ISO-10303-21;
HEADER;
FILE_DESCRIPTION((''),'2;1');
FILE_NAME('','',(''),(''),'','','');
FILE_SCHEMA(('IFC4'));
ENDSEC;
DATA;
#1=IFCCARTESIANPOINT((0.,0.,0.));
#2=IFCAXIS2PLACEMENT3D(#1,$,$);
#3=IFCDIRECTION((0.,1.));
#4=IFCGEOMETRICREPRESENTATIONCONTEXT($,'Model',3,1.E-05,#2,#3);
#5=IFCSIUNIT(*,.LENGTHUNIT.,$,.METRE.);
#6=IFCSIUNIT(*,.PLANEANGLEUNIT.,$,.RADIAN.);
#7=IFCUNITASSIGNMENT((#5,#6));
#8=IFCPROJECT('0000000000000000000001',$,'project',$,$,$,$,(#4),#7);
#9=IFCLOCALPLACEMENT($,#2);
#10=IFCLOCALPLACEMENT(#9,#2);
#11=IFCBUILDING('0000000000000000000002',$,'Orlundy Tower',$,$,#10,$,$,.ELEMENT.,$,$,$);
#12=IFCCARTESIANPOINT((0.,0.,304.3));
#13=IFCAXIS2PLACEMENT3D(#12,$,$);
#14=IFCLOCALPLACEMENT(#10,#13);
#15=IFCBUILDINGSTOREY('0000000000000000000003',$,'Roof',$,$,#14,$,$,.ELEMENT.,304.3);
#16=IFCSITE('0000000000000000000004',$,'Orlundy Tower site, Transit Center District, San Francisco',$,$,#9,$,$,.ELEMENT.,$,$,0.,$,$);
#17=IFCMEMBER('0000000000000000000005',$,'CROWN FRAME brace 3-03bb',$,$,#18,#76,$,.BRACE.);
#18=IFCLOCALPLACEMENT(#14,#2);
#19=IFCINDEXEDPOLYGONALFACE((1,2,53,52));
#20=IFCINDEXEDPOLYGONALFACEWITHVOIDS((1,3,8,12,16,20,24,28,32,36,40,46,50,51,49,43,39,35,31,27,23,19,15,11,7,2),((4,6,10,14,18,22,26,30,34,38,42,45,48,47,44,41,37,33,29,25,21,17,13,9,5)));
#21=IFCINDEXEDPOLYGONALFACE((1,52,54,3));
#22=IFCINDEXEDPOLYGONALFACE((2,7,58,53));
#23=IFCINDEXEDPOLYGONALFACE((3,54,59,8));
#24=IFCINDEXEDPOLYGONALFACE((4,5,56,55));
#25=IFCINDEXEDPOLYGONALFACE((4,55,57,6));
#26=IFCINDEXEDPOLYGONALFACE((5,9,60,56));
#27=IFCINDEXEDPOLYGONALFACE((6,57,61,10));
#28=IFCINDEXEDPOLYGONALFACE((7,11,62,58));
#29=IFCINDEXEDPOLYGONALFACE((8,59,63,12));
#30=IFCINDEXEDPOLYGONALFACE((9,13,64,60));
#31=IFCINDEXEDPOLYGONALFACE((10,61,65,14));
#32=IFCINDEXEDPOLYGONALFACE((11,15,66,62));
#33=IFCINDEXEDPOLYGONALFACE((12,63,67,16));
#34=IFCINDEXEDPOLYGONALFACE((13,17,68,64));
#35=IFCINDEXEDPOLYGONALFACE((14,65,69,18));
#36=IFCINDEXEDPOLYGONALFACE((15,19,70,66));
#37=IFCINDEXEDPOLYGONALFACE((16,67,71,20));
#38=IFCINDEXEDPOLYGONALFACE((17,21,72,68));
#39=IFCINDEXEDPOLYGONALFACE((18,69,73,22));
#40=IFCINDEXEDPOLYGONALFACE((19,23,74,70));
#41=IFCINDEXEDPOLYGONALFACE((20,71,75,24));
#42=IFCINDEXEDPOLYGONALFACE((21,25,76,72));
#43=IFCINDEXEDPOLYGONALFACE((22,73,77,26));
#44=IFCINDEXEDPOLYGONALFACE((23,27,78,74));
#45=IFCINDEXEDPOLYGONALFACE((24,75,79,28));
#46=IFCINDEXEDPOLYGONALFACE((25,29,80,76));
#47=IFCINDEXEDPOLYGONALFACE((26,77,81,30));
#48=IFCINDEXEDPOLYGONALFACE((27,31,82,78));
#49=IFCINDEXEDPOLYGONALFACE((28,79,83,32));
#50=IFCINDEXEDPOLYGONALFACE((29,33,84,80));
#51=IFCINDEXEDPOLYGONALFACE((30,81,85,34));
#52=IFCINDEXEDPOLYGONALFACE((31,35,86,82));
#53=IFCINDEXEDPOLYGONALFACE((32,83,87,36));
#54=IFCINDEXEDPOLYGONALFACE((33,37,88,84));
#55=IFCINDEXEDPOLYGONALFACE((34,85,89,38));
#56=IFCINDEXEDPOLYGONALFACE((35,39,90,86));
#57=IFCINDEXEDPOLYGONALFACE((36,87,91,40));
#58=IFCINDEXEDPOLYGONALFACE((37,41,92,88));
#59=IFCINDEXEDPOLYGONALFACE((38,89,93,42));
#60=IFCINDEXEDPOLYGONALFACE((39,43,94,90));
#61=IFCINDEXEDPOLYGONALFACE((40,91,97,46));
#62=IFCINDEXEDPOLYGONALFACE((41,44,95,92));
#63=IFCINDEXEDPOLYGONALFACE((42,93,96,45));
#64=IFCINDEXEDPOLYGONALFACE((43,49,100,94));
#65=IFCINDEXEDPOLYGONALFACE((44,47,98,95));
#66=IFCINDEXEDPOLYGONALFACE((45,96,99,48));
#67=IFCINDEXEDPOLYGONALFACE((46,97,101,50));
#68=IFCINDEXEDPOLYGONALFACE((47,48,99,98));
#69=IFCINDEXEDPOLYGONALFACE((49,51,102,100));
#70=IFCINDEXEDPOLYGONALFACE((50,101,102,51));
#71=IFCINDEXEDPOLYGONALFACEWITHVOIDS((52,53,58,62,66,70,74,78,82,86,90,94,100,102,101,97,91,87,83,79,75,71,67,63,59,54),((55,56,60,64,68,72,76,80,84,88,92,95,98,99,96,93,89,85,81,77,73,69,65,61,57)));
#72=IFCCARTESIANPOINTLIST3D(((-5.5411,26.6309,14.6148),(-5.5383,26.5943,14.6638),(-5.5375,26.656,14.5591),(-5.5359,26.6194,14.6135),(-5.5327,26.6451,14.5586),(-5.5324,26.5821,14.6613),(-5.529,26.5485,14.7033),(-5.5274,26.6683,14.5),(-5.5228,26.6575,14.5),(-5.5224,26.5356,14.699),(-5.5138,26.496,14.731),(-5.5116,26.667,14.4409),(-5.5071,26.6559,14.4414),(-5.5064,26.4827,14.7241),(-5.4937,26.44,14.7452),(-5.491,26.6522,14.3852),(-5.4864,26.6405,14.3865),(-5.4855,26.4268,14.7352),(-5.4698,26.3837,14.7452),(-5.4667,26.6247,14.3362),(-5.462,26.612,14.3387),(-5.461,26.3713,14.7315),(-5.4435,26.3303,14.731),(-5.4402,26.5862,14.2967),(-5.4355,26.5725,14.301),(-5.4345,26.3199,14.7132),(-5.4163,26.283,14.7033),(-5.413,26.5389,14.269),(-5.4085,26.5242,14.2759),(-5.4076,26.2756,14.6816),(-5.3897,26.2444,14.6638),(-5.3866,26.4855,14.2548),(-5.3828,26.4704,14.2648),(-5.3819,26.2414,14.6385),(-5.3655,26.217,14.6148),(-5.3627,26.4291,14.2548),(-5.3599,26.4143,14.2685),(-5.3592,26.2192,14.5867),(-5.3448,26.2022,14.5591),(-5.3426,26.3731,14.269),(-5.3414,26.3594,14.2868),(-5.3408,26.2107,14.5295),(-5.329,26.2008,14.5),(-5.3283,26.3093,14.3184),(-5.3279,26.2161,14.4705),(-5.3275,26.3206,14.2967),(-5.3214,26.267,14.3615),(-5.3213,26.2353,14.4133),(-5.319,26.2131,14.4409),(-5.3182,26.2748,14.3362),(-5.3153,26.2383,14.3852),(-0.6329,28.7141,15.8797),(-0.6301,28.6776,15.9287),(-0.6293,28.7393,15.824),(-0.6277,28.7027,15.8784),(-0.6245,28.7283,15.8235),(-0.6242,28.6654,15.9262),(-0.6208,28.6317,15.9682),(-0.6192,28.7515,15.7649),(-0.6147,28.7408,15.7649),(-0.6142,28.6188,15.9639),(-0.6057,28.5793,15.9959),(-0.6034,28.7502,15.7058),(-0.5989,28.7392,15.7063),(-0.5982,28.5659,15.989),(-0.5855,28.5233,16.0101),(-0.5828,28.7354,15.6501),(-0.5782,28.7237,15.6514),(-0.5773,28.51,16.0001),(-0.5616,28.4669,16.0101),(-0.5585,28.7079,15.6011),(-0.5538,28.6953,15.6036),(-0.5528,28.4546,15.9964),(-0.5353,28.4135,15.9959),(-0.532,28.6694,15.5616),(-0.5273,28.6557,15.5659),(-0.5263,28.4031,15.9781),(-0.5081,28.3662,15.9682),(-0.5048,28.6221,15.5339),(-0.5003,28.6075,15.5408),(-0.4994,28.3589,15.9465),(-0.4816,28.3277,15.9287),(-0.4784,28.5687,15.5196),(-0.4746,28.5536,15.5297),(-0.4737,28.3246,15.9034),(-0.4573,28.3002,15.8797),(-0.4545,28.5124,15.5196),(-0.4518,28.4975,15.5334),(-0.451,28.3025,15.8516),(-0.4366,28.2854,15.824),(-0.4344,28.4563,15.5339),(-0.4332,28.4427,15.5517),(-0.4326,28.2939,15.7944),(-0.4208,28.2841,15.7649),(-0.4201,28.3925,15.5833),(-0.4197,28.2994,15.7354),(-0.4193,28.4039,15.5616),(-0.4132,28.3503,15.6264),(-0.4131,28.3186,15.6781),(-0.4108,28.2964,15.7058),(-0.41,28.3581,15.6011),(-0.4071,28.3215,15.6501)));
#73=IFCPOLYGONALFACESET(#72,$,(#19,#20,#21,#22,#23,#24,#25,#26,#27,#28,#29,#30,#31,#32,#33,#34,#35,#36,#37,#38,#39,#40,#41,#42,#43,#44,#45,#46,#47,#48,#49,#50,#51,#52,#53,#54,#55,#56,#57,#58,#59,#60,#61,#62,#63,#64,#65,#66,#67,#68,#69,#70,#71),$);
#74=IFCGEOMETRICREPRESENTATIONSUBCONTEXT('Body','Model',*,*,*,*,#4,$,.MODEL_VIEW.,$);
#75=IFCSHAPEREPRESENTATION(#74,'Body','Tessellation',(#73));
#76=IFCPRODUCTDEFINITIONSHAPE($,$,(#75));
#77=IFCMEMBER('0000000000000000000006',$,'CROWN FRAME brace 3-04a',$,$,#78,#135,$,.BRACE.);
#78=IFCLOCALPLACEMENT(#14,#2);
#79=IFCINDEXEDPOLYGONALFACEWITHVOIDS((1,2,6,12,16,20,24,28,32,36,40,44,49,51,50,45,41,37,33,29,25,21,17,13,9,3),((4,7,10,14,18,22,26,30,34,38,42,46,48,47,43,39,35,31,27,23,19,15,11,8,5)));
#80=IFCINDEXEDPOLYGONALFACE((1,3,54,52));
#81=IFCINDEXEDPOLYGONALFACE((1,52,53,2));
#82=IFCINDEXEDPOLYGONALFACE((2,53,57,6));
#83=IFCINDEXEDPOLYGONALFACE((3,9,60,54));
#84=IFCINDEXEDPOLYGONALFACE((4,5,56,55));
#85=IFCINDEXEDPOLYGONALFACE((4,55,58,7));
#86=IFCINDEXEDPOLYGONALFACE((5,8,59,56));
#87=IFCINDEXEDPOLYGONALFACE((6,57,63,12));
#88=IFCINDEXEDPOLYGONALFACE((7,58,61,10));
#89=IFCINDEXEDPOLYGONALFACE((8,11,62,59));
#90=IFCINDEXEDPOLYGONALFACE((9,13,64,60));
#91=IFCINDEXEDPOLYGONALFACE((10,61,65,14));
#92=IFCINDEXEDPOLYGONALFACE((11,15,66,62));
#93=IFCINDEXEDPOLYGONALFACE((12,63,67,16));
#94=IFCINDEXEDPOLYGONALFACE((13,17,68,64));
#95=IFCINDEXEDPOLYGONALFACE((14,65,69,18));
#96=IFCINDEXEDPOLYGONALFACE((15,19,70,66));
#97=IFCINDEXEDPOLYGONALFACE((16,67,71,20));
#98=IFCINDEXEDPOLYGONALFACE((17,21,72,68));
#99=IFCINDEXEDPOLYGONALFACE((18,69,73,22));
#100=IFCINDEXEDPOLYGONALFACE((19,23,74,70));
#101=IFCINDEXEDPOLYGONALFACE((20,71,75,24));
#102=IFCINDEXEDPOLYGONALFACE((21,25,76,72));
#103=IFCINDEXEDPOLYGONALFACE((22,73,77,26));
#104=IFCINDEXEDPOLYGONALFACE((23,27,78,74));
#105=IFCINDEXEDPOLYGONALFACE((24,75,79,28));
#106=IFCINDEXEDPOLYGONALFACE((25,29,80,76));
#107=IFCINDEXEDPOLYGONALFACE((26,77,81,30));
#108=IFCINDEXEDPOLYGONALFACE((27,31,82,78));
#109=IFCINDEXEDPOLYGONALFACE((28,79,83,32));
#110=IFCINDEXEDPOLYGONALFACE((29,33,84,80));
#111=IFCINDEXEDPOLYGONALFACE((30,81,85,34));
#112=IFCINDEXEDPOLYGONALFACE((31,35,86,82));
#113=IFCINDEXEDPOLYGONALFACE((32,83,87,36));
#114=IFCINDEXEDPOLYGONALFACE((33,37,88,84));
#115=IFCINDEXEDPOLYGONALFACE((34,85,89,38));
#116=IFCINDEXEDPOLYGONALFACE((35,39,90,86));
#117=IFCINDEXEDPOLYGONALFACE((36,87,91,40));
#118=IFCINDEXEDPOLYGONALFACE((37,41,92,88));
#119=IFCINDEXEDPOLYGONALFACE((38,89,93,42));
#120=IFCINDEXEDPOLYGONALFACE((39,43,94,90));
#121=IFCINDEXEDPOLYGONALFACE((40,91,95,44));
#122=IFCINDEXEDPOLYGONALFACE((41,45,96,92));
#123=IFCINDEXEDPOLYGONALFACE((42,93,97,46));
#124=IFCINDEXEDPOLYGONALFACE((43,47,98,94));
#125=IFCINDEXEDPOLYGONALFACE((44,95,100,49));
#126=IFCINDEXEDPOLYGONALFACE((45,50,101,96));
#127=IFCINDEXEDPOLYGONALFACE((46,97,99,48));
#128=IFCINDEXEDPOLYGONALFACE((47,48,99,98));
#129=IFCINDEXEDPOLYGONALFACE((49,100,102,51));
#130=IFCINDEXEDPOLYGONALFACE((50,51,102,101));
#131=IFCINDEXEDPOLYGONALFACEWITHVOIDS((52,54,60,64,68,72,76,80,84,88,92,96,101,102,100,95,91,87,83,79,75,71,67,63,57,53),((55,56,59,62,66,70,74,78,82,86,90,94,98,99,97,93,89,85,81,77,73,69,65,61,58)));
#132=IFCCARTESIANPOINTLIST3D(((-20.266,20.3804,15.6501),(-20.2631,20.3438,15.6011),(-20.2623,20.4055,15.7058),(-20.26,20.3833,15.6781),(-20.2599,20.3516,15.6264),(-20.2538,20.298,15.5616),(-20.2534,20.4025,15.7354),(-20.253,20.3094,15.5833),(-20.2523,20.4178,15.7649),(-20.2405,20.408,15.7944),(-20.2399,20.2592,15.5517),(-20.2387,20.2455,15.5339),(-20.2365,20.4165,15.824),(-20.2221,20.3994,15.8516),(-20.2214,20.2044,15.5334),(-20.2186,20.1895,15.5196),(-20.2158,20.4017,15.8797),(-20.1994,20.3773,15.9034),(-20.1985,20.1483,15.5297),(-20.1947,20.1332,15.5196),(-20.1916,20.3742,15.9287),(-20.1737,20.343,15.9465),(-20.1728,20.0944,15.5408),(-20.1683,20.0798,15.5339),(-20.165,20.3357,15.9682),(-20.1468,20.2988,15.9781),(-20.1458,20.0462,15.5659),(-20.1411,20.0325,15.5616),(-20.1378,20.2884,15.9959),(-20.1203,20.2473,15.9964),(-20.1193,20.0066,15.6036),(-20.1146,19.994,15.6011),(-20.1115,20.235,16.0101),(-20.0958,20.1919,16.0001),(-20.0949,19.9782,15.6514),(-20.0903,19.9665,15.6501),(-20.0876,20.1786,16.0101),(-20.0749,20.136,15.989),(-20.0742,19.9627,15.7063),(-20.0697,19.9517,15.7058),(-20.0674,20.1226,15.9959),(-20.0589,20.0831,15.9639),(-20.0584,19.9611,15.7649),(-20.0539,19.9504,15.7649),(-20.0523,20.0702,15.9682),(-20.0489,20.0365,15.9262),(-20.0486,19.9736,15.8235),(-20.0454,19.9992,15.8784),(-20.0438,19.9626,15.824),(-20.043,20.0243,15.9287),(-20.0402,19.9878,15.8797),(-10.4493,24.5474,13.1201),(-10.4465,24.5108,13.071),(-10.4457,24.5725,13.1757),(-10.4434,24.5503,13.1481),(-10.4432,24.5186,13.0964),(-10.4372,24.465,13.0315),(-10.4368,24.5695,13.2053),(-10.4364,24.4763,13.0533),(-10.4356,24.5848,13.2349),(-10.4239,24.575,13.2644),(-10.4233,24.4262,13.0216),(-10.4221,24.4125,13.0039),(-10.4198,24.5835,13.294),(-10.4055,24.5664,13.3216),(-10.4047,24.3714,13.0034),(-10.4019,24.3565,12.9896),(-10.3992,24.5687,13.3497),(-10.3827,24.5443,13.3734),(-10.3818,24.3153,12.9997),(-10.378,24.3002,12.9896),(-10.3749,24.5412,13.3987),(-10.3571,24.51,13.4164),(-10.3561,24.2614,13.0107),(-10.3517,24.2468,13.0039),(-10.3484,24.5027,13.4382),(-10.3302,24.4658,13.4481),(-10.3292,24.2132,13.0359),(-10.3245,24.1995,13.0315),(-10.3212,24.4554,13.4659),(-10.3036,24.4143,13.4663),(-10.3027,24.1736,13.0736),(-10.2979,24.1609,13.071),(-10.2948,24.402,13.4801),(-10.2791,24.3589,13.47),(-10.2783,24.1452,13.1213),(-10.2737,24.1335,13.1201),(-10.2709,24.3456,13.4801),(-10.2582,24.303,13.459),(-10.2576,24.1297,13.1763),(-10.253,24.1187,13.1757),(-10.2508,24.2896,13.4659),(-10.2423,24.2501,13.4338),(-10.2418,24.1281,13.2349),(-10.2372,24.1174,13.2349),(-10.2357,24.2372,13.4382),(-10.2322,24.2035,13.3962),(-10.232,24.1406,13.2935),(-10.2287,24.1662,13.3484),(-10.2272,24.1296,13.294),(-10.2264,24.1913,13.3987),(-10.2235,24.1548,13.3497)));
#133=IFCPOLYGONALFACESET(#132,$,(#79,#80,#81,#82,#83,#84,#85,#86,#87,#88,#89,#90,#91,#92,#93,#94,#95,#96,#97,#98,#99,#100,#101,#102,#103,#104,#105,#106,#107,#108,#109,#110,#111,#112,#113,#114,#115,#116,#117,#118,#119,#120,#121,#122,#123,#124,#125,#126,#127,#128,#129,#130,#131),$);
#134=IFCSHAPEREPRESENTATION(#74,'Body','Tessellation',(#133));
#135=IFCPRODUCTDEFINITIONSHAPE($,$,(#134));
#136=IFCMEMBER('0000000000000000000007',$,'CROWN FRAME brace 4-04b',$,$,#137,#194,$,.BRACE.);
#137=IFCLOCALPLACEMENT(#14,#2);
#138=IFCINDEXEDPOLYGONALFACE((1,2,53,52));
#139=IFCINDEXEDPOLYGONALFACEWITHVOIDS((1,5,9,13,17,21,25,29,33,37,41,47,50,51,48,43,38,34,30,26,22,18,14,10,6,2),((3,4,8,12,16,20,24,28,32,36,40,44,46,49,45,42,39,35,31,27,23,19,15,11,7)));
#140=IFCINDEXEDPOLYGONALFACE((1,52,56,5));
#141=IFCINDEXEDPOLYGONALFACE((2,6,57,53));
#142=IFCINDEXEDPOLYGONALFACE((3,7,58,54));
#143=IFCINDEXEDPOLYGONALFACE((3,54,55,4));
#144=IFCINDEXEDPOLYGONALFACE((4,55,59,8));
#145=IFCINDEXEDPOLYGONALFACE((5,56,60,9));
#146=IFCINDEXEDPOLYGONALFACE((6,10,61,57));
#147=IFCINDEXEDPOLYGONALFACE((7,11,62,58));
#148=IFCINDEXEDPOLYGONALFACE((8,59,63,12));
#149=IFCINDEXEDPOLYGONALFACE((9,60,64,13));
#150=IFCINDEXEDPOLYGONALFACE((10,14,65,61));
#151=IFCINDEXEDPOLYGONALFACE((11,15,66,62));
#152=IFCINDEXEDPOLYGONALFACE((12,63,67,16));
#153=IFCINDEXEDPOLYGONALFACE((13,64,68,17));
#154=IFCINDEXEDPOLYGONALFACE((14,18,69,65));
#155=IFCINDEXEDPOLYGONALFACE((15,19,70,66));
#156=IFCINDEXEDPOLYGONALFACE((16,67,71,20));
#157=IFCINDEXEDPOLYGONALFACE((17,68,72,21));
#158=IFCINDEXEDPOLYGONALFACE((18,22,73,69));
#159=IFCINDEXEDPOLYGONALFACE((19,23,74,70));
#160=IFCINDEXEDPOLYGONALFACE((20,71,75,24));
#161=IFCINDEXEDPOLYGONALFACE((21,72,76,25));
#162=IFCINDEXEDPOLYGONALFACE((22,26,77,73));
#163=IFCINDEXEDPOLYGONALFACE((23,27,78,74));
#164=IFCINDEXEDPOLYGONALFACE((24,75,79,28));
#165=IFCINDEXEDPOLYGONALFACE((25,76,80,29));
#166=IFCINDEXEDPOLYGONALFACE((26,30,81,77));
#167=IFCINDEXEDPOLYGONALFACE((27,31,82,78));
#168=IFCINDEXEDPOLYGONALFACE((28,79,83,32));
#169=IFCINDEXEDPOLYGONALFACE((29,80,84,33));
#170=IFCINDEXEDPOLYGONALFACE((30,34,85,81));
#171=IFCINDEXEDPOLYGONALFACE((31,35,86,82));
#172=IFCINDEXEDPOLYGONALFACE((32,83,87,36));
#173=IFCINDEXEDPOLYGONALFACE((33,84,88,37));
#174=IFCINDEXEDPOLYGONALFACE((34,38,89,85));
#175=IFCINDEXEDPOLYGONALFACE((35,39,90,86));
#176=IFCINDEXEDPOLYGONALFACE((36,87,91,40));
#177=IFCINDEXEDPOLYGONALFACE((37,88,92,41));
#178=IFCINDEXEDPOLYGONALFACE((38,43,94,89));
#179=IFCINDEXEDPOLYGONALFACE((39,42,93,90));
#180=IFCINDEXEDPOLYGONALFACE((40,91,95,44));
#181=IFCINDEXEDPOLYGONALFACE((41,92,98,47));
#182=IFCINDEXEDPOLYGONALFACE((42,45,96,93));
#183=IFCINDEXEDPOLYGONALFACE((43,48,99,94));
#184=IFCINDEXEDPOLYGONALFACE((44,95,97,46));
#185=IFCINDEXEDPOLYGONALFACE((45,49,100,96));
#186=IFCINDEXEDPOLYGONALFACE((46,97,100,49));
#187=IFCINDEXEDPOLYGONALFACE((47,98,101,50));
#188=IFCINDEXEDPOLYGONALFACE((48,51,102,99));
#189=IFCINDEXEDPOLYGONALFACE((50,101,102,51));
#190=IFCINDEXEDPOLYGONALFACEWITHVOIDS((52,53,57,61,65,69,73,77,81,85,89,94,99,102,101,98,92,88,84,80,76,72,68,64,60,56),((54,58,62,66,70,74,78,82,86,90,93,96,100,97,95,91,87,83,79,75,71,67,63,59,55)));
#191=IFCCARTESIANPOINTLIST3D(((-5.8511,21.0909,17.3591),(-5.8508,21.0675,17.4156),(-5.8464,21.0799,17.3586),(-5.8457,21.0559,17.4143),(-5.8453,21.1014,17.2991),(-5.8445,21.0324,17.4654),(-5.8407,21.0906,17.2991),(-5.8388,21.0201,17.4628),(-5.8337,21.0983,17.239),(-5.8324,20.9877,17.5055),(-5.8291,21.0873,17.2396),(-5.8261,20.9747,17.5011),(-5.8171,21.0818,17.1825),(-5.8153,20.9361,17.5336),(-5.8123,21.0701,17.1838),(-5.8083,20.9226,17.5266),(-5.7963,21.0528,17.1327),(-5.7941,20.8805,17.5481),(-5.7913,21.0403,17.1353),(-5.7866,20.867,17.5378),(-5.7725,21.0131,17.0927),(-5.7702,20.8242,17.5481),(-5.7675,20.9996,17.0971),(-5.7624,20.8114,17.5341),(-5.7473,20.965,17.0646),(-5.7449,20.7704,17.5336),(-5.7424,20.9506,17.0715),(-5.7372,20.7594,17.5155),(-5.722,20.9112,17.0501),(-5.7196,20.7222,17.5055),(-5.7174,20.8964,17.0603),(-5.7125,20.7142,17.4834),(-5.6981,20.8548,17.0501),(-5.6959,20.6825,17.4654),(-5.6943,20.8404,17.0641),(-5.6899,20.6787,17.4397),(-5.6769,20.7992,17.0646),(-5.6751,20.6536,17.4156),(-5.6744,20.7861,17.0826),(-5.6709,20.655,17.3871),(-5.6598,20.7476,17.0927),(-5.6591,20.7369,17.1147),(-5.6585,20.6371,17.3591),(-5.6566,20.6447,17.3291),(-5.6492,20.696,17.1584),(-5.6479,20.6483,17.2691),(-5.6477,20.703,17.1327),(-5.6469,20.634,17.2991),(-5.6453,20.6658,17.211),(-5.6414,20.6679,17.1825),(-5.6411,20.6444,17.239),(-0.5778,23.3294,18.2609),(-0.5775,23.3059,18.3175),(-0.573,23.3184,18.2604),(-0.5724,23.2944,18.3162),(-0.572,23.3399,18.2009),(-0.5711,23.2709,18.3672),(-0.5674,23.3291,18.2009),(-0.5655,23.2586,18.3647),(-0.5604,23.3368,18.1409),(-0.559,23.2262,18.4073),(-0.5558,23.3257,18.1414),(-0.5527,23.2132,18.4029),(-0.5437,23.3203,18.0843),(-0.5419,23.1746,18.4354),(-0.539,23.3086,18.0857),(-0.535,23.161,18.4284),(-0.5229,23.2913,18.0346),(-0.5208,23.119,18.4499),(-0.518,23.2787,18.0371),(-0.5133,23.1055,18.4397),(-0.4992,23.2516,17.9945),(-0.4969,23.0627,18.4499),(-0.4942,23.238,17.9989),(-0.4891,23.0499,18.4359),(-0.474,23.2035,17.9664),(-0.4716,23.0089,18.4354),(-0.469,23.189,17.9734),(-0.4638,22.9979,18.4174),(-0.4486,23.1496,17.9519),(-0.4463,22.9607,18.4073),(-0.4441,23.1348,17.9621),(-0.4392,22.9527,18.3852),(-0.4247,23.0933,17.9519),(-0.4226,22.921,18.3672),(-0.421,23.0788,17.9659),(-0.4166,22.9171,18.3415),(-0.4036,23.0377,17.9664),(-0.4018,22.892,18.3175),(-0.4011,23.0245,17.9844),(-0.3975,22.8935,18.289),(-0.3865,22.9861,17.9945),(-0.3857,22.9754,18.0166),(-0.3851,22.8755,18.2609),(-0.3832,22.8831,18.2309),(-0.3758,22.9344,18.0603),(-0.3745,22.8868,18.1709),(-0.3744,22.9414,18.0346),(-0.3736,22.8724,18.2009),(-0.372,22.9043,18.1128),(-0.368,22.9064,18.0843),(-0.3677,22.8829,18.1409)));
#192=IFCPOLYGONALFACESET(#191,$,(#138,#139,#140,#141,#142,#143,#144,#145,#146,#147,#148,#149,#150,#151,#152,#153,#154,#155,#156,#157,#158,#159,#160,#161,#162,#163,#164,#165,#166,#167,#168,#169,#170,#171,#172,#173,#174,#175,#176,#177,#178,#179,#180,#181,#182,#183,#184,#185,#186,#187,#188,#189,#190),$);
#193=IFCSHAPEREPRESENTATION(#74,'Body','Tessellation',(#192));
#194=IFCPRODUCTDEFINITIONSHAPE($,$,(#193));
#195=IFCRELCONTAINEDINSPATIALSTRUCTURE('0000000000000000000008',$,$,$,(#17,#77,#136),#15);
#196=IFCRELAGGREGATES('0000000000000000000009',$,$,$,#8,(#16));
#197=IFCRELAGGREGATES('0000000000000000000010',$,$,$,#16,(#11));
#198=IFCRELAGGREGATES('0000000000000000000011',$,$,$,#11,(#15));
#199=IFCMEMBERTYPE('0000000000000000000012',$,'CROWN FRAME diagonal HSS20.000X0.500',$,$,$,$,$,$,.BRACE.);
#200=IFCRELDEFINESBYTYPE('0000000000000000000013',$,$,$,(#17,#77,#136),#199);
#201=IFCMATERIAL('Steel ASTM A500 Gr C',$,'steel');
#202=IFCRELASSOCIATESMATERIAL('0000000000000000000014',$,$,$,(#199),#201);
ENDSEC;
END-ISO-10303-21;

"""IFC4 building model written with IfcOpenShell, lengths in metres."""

from ifc_helpers import new_model, si_unit, direction, frame, origin, origin_2d, place, context, subcontext, project, spatial, hollow_circle, extrude, material, material_profile, profile_set, type_object, element, save


model = new_model("IFC4")

# Units and contexts
model_context = context("Model", 3, precision=1e-05, world=origin(), true_north=direction((0.0, 1.0)))
body_context = subcontext(model_context, "Body", "Model", "MODEL_VIEW")
ifc_project = project(units=[si_unit("LENGTHUNIT", "METRE"), si_unit("PLANEANGLEUNIT", "RADIAN")], contexts=[model_context])

# Site, building, storey
site_placement = place(None, origin())
site = spatial("IfcSite", under=ifc_project, at=site_placement, Name="Orlundy Tower site, Transit Center District, San Francisco", CompositionType="ELEMENT", RefElevation=0.0)
building_placement = place(site_placement, origin())
building = spatial("IfcBuilding", under=site, at=building_placement, Name="Orlundy Tower", CompositionType="ELEMENT")
storey_placement = place(building_placement, frame((0.0, 0.0, 304.3)))
storey = spatial("IfcBuildingStorey", under=building, at=storey_placement, Name="Roof", CompositionType="ELEMENT", Elevation=304.3)

# Members
ifc_material_1 = material(Name="Steel ASTM A500 Gr C", Category="steel")
ifc_material_profile_1 = material_profile(ifc_material_1, hollow_circle(Radius=0.2539, WallThickness=0.0117, at=origin_2d()), Name="HSS20.000X0.500")
ifc_profile_set_1 = profile_set([ifc_material_profile_1], Name="Steel ASTM A500 Gr C")
member_type_1 = type_object("IfcMemberType", Name="CROWN FRAME diagonal HSS20.000X0.500", PredefinedType="BRACE", material=ifc_profile_set_1)
member_1_placement = place(storey_placement, frame((-5.4282, 26.4346, 14.5), z_axis=(0.895658, 0.380156, 0.23082), x_axis=(-0.390706, 0.920515, 0.0)))
element("IfcMember", 1, at=member_1_placement, inside=storey, type_object=member_type_1, Name="CROWN FRAME brace 3-03bb", PredefinedType="BRACE", context=body_context, shape_type="SweptSolid", body=[
    extrude(hollow_circle(Radius=0.2539, WallThickness=0.0117, at=origin_2d()), origin(), (0.0, 0.0, 1.0), 5.48),
])
member_2_placement = place(storey_placement, frame((-10.3364, 24.3511, 13.2349), z_axis=(-0.895643, -0.380184, 0.230833), x_axis=(0.390737, -0.920502, 0.0)))
element("IfcMember", 2, at=member_2_placement, inside=storey, type_object=member_type_1, Name="CROWN FRAME brace 3-04a", PredefinedType="BRACE", context=body_context, shape_type="SweptSolid", body=[
    extrude(hollow_circle(Radius=0.2539, WallThickness=0.0117, at=origin_2d()), origin(), (0.0, 0.0, 1.0), 10.9604),
])
for number, where, z_axis, x_axis, name in (
    (3, (-5.7461, 20.8677, 17.2991), (0.909301, 0.38599, 0.155507), (-0.390744, 0.9205, 0.0), "CROWN FRAME brace 4-04b"),
):
    element("IfcMember", number, at=place(storey_placement, frame(where, z_axis=z_axis, x_axis=x_axis)), inside=storey, type_object=member_type_1, Name=name, PredefinedType="BRACE", context=body_context, shape_type="SweptSolid", body=[
        extrude(hollow_circle(Radius=0.2539, WallThickness=0.0117, at=origin_2d()), origin(), (0.0, 0.0, 1.0), 5.7993),
    ])

save(model, "model.ifc")
